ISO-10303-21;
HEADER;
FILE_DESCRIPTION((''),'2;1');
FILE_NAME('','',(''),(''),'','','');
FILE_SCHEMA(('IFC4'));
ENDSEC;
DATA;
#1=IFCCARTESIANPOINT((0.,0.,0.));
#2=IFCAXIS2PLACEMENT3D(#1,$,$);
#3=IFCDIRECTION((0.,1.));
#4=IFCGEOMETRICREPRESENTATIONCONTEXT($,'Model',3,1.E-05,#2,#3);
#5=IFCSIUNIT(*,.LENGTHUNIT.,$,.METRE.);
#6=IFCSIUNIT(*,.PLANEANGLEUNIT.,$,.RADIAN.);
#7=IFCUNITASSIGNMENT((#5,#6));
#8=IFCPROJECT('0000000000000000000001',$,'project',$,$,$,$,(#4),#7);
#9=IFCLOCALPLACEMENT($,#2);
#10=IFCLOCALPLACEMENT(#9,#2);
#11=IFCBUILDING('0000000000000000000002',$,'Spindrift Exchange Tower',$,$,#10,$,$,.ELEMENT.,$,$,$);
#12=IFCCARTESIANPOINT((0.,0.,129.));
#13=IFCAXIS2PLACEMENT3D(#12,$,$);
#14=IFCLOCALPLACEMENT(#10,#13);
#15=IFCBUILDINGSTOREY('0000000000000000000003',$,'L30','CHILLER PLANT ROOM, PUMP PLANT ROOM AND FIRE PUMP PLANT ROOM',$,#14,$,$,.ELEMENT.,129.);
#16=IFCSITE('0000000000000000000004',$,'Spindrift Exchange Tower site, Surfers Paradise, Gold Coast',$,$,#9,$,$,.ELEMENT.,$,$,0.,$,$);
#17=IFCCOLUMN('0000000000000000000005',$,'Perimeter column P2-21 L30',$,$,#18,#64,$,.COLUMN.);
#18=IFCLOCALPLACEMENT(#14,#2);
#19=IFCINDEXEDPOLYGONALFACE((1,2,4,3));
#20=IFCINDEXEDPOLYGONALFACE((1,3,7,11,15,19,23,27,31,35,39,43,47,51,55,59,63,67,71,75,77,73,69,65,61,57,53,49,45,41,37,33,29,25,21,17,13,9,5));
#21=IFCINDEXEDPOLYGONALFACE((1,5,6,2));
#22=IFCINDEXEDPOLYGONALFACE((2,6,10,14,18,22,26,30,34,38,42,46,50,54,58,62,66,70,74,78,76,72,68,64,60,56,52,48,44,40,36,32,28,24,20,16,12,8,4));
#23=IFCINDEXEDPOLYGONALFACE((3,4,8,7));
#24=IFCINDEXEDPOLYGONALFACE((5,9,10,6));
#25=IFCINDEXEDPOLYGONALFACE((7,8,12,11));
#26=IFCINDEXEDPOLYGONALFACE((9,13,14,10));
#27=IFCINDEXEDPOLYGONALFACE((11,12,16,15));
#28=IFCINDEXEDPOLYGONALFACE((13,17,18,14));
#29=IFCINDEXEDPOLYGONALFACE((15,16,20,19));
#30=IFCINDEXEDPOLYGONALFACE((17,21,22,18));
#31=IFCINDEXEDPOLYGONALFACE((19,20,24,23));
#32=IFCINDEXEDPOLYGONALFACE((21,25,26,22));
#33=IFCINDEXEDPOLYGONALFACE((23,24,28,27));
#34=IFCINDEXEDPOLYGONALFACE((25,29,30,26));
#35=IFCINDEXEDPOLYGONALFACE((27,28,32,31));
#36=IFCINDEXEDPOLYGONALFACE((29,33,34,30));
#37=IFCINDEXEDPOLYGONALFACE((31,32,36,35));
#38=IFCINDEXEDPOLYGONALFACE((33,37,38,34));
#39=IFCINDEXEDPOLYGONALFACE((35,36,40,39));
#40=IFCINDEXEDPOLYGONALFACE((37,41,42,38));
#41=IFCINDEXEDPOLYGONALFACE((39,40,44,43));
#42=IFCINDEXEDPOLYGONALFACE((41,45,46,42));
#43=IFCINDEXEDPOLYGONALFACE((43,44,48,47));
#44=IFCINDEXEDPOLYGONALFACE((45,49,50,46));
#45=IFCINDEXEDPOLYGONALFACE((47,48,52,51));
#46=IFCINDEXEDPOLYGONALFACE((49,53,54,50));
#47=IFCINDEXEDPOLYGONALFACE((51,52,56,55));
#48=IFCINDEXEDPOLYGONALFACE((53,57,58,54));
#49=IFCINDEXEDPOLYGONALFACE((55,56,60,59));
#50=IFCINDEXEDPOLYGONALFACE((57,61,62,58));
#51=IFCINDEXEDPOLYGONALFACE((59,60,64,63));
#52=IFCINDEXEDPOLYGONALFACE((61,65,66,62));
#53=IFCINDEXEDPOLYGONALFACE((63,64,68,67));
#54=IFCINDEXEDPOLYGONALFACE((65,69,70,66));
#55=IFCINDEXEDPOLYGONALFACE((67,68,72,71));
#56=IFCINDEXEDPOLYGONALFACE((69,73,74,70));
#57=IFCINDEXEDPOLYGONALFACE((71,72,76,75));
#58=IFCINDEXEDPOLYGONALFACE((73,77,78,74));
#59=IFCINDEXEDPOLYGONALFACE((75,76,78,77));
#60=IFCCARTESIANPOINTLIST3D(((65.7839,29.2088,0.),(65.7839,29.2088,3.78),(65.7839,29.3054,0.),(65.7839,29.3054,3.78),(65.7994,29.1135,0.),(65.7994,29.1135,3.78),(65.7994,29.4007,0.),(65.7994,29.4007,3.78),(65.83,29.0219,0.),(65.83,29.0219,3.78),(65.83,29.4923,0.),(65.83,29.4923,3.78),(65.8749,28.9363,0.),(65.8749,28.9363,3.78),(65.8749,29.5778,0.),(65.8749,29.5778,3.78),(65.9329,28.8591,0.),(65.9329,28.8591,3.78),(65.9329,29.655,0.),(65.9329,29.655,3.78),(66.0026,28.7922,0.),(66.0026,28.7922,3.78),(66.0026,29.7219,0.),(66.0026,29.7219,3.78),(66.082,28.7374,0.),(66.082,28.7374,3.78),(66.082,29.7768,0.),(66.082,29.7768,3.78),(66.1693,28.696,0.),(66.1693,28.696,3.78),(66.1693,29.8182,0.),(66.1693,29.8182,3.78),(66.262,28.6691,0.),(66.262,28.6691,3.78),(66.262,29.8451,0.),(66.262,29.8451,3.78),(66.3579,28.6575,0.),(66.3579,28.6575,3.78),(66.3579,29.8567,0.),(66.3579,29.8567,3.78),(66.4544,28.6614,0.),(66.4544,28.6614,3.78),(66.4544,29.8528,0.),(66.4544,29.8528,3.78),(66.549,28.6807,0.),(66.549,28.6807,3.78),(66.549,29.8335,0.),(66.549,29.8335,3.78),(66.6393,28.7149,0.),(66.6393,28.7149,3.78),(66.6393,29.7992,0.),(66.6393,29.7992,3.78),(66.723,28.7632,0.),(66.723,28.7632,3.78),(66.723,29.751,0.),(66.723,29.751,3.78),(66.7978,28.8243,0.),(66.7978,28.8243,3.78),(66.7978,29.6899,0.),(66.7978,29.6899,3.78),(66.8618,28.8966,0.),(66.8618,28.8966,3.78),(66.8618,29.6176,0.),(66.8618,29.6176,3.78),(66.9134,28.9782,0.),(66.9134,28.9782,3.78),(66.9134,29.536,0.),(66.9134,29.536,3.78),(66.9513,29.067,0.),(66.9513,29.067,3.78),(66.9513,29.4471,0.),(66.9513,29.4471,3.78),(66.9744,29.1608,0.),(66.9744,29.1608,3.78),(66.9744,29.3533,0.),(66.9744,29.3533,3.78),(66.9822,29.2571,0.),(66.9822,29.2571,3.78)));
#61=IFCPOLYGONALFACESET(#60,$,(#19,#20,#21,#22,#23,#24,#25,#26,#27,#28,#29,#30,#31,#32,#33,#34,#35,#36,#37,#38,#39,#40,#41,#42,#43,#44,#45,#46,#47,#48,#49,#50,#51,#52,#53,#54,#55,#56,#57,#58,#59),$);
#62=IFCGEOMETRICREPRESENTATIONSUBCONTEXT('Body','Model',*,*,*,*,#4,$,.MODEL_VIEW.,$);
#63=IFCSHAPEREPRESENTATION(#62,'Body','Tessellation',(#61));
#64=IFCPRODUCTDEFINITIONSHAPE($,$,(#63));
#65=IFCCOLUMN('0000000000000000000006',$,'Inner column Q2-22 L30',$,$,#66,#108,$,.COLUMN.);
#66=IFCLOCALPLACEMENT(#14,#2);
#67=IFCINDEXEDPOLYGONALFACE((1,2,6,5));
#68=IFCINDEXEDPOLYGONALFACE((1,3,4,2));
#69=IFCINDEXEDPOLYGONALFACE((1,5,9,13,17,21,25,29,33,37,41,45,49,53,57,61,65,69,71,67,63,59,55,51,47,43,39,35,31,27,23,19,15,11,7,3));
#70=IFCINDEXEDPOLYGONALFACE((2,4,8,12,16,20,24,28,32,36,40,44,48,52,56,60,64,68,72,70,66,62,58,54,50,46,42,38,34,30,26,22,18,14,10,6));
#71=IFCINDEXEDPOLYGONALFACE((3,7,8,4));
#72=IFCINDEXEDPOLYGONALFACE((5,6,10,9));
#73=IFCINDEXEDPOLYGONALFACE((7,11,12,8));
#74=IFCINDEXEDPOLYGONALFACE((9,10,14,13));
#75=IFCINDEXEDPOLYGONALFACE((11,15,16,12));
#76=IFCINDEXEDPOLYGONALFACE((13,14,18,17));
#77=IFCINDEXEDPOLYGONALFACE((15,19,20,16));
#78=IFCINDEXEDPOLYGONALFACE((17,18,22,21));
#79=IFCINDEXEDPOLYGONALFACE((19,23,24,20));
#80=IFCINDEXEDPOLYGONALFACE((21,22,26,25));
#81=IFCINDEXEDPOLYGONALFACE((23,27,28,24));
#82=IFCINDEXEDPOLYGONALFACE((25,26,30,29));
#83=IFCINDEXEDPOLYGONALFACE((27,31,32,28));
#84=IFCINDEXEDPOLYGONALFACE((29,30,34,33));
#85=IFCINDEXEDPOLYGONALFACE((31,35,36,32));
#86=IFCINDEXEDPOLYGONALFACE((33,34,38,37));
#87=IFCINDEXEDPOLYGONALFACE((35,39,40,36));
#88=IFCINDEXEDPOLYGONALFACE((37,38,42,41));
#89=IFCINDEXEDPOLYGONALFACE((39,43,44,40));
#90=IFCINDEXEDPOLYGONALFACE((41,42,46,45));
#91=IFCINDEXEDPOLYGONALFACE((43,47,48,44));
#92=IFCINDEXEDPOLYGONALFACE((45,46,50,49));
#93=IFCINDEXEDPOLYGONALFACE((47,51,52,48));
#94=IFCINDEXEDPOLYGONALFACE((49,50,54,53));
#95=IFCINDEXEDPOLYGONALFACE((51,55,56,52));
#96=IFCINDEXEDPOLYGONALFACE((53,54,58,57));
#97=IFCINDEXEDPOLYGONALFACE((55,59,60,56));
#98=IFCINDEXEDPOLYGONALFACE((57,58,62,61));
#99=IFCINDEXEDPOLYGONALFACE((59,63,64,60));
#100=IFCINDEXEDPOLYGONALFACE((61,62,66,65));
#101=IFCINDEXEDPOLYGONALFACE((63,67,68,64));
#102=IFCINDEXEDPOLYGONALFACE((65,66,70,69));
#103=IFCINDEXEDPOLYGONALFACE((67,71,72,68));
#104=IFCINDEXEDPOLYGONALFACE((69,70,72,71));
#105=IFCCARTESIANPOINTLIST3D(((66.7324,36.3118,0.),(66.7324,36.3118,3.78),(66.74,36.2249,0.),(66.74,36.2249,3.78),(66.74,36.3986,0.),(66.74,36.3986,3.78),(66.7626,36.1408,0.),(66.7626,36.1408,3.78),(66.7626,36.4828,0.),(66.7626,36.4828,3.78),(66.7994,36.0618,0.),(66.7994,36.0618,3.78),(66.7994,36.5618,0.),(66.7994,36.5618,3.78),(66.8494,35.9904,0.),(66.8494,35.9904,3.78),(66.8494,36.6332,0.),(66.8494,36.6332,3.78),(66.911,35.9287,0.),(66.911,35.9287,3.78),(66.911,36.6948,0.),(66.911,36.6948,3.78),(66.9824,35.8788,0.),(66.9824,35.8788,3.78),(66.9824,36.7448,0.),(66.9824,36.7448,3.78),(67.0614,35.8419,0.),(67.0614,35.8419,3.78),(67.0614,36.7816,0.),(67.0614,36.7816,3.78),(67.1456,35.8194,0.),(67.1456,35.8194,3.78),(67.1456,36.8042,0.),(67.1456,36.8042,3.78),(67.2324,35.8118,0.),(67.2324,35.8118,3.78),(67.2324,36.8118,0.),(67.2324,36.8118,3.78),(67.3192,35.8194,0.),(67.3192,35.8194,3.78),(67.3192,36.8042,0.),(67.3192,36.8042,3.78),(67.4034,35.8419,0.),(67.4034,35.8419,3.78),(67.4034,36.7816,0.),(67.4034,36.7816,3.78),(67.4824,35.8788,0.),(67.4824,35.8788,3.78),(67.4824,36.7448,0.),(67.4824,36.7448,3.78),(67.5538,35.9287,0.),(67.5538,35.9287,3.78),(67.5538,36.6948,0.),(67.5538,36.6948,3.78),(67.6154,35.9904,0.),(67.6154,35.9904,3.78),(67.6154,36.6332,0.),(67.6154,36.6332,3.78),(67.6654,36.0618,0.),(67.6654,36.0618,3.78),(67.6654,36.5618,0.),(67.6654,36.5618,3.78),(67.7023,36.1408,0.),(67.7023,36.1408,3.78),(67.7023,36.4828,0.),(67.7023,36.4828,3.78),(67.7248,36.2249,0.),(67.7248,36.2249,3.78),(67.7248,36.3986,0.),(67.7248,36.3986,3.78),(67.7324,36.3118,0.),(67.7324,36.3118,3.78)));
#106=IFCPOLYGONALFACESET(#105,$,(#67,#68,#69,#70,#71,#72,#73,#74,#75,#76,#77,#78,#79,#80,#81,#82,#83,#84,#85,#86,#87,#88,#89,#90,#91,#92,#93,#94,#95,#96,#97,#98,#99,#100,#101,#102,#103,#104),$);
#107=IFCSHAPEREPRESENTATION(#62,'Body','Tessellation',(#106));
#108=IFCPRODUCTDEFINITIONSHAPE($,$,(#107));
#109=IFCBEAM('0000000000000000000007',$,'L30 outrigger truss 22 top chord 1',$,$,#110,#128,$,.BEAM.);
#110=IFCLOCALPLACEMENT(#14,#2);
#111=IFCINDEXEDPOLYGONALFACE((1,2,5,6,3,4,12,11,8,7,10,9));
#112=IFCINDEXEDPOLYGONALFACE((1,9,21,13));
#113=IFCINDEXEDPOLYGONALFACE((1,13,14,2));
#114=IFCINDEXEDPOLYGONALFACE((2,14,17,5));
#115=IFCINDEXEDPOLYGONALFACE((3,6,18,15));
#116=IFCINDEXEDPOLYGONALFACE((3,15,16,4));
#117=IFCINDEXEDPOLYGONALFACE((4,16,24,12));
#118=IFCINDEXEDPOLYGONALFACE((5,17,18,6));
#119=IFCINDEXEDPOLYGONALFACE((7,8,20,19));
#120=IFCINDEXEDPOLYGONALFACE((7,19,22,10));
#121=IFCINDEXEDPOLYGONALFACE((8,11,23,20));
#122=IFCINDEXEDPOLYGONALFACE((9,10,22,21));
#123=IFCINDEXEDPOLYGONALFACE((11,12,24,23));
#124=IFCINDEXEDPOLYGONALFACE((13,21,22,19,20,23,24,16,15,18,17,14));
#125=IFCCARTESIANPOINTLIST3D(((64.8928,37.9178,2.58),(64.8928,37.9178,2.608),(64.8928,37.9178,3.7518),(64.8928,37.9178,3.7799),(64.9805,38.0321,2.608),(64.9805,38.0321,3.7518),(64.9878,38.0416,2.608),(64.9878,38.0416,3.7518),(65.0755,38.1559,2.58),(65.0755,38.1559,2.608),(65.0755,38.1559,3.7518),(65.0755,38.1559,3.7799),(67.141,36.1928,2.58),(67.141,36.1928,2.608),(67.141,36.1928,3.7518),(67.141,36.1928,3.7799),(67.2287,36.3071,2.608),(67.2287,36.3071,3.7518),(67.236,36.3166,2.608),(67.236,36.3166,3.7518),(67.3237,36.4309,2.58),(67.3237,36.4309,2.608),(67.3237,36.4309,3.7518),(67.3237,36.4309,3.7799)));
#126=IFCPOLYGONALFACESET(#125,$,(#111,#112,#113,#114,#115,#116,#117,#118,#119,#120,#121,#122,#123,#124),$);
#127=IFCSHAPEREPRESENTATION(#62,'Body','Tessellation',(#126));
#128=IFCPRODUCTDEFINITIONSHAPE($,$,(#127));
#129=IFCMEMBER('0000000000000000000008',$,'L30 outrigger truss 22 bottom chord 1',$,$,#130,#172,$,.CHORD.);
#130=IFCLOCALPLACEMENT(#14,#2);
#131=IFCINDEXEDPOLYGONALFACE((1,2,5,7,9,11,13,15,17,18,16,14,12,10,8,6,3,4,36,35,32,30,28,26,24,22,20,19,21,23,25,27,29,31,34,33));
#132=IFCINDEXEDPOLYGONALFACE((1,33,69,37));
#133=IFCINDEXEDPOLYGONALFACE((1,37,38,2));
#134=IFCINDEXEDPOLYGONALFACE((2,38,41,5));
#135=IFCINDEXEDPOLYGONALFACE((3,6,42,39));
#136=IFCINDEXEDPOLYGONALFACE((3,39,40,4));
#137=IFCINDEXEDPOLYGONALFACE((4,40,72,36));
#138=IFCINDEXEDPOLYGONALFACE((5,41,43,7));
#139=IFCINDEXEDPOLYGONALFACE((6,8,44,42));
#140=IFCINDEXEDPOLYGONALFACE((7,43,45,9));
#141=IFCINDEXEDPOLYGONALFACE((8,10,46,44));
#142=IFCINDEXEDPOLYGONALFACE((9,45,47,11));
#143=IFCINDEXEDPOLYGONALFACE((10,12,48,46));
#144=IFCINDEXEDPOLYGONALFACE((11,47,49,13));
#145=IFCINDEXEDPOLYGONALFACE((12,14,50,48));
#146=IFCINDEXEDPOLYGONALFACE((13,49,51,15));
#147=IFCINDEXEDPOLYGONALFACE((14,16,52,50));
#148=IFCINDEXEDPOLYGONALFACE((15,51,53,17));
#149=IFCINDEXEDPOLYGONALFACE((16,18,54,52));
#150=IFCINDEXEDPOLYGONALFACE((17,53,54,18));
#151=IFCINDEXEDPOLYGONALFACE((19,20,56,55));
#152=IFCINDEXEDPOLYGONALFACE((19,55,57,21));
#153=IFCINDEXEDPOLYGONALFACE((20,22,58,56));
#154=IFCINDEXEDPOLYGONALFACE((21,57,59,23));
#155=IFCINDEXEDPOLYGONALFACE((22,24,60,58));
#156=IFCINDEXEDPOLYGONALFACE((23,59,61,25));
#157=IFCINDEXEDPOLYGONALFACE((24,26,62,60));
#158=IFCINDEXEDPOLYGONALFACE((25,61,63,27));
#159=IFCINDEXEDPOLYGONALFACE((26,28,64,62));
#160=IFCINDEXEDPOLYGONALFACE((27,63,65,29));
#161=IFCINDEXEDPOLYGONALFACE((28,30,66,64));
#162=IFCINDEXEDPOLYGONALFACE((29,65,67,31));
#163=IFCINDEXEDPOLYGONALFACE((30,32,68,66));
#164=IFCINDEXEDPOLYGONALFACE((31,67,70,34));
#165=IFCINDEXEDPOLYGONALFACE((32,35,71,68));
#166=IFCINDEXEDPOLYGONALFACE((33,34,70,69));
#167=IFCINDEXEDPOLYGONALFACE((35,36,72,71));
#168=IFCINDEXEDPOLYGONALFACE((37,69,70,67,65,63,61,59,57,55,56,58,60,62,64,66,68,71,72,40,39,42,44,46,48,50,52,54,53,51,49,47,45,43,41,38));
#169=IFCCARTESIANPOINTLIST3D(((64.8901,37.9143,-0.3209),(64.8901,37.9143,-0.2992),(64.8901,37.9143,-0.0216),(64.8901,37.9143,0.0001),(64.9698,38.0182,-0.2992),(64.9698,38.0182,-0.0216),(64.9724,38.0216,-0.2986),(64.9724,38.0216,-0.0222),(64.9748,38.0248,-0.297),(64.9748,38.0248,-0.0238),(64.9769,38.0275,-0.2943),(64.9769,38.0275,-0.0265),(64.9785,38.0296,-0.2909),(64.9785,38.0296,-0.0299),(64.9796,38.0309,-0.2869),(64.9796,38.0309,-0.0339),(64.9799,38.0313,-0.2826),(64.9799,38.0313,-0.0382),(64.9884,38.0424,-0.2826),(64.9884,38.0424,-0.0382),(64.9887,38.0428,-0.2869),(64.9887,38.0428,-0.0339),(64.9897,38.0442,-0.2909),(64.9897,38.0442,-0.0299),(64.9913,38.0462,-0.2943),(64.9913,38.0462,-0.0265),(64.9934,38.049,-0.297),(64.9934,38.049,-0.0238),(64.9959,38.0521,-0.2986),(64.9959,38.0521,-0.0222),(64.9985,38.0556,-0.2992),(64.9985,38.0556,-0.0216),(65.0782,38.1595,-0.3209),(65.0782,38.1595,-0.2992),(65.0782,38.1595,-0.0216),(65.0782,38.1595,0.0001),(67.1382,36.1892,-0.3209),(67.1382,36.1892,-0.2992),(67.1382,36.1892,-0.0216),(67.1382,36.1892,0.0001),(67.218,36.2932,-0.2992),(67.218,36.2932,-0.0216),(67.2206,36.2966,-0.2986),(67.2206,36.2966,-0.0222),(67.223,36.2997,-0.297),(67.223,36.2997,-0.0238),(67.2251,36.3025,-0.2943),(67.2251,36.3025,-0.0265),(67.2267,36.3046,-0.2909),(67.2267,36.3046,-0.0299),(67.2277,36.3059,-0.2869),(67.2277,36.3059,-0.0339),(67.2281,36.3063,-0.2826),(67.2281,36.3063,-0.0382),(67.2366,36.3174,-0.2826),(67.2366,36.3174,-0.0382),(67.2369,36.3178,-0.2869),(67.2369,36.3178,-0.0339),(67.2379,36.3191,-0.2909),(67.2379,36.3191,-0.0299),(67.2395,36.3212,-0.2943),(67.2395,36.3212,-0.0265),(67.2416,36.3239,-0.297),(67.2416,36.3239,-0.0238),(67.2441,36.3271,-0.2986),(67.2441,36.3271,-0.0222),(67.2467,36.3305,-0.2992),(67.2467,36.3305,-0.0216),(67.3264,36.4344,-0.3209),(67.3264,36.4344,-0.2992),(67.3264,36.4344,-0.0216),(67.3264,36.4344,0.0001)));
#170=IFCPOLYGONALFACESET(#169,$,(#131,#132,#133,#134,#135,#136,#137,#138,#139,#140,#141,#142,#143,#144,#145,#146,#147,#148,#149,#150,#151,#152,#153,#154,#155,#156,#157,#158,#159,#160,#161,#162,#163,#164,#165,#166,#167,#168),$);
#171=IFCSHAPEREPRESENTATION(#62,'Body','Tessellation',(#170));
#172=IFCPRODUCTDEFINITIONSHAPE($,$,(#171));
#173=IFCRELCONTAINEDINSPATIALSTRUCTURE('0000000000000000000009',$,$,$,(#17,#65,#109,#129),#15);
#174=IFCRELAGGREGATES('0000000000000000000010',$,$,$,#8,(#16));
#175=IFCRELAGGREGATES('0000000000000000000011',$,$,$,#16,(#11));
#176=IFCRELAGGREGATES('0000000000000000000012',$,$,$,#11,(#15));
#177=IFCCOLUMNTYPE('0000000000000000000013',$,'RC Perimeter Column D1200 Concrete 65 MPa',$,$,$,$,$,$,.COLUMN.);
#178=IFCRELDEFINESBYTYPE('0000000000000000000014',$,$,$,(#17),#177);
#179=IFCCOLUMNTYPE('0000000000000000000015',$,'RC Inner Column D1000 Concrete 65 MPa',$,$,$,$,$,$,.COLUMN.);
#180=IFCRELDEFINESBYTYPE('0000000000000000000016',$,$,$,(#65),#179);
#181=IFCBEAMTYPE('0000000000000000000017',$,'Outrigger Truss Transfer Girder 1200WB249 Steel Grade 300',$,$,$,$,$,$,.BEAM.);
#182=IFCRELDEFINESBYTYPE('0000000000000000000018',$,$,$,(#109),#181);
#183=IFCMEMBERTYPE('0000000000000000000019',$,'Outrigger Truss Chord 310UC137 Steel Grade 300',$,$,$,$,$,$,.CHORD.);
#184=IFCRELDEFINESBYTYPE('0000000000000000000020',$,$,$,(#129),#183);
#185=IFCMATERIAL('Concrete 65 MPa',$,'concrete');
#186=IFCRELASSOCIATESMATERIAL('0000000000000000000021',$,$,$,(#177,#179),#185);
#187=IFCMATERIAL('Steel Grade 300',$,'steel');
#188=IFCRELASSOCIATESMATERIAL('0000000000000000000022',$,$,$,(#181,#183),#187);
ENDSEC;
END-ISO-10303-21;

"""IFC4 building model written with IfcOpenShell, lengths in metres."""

from ifc_helpers import new_model, si_unit, direction, frame, origin, origin_2d, place, context, subcontext, project, spatial, circle, i_section, extrude, source, transform, mapped, material, material_profile, profile_set, type_object, element, save


model = new_model("IFC4")

# Units and contexts
model_context = context("Model", 3, precision=1e-05, world=origin(), true_north=direction((0.0, 1.0)))
body_context = subcontext(model_context, "Body", "Model", "MODEL_VIEW")
ifc_project = project(units=[si_unit("LENGTHUNIT", "METRE"), si_unit("PLANEANGLEUNIT", "RADIAN")], contexts=[model_context])

# Site, building, storey
site_placement = place(None, origin())
site = spatial("IfcSite", under=ifc_project, at=site_placement, Name="Spindrift Exchange Tower site, Surfers Paradise, Gold Coast", CompositionType="ELEMENT", RefElevation=0.0)
building_placement = place(site_placement, origin())
building = spatial("IfcBuilding", under=site, at=building_placement, Name="Spindrift Exchange Tower", CompositionType="ELEMENT")
storey_placement = place(building_placement, frame((0.0, 0.0, 129.0)))
storey = spatial("IfcBuildingStorey", under=building, at=storey_placement, Name="L30", Description="CHILLER PLANT ROOM, PUMP PLANT ROOM AND FIRE PUMP PLANT ROOM", CompositionType="ELEMENT", Elevation=129.0)

# Columns
ifc_material_1 = material(Name="Concrete 65 MPa", Category="concrete")
ifc_material_profile_1 = material_profile(ifc_material_1, circle(Radius=0.6001, at=origin_2d()), Name="RC D1200")
ifc_profile_set_1 = profile_set([ifc_material_profile_1], Name="Concrete 65 MPa")
column_type_1 = type_object("IfcColumnType", Name="RC Perimeter Column D1200 Concrete 65 MPa", PredefinedType="COLUMN", material=ifc_profile_set_1)
shared_shape_1 = source(origin(), body_context, "Body", "SweptSolid", [
    extrude(circle(Radius=0.6001, at=origin_2d()), origin(), (0.0, 0.0, 1.0), 3.78),
])
column_1_placement = place(storey_placement, frame((66.3821, 29.2571, 0.0), z_axis=(0.0, 0.0, 1.0), x_axis=(1.0, 0.0, 0.0)))
element("IfcColumn", 1, at=column_1_placement, inside=storey, type_object=column_type_1, Name="Perimeter column P2-21 L30", PredefinedType="COLUMN", context=body_context, shape_type="MappedRepresentation", body=[
    mapped(shared_shape_1, transform((0.0, 0.0, 0.0), scale=1.0)),
])
ifc_material_profile_2 = material_profile(ifc_material_1, circle(Radius=0.5, at=origin_2d()), Name="RC D1000")
ifc_profile_set_2 = profile_set([ifc_material_profile_2], Name="Concrete 65 MPa")
column_type_2 = type_object("IfcColumnType", Name="RC Inner Column D1000 Concrete 65 MPa", PredefinedType="COLUMN", material=ifc_profile_set_2)
shared_shape_2 = source(origin(), body_context, "Body", "SweptSolid", [
    extrude(circle(Radius=0.5, at=origin_2d()), origin(), (0.0, 0.0, 1.0), 3.78),
])
column_2_placement = place(storey_placement, frame((67.2324, 36.3118, 0.0), z_axis=(0.0, 0.0, 1.0), x_axis=(1.0, 0.0, 0.0)))
element("IfcColumn", 2, at=column_2_placement, inside=storey, type_object=column_type_2, Name="Inner column Q2-22 L30", PredefinedType="COLUMN", context=body_context, shape_type="MappedRepresentation", body=[
    mapped(shared_shape_2, transform((0.0, 0.0, 0.0), scale=1.0)),
])

# Beam
ifc_material_2 = material(Name="Steel Grade 300", Category="steel")
ifc_material_profile_3 = material_profile(ifc_material_2, i_section(OverallWidth=0.3, OverallDepth=1.2, WebThickness=0.012, FlangeThickness=0.0281, at=origin_2d()), Name="1200WB249")
ifc_profile_set_3 = profile_set([ifc_material_profile_3], Name="Steel Grade 300")
beam_type_1 = type_object("IfcBeamType", Name="Outrigger Truss Transfer Girder 1200WB249 Steel Grade 300", PredefinedType="BEAM", material=ifc_profile_set_3)
shared_shape_3 = source(origin(), body_context, "Body", "SweptSolid", [
    extrude(i_section(OverallWidth=0.3, OverallDepth=1.2, WebThickness=0.012, FlangeThickness=0.0281, at=origin_2d()), origin(), (0.0, 0.0, 1.0), 2.8337),
])
beam_1_placement = place(storey_placement, frame((64.9841, 38.0369, 3.1799), z_axis=(0.793366, -0.608744, 0.0), x_axis=(0.608744, 0.793366, 0.0)))
element("IfcBeam", 3, at=beam_1_placement, inside=storey, type_object=beam_type_1, Name="L30 outrigger truss 22 top chord 1", PredefinedType="BEAM", context=body_context, shape_type="MappedRepresentation", body=[
    mapped(shared_shape_3, transform((0.0, 0.0, 0.0), scale=1.0)),
])

# Member
ifc_material_profile_4 = material_profile(ifc_material_2, i_section(OverallWidth=0.3091, OverallDepth=0.321, WebThickness=0.0139, FlangeThickness=0.0217, FilletRadius=0.0166, at=origin_2d()), Name="310UC137")
ifc_profile_set_4 = profile_set([ifc_material_profile_4], Name="Steel Grade 300")
member_type_1 = type_object("IfcMemberType", Name="Outrigger Truss Chord 310UC137 Steel Grade 300", PredefinedType="CHORD", material=ifc_profile_set_4)
shared_shape_4 = source(origin(), body_context, "Body", "SweptSolid", [
    extrude(i_section(OverallWidth=0.3091, OverallDepth=0.321, WebThickness=0.0139, FlangeThickness=0.0217, FilletRadius=0.0166, at=origin_2d()), origin(), (0.0, 0.0, 1.0), 2.8337),
])
member_1_placement = place(storey_placement, frame((64.9841, 38.0369, -0.1604), z_axis=(0.793366, -0.608744, 0.0), x_axis=(0.608744, 0.793366, 0.0)))
element("IfcMember", 4, at=member_1_placement, inside=storey, type_object=member_type_1, Name="L30 outrigger truss 22 bottom chord 1", PredefinedType="CHORD", context=body_context, shape_type="MappedRepresentation", body=[
    mapped(shared_shape_4, transform((0.0, 0.0, 0.0), scale=1.0)),
])

save(model, "model.ifc")
